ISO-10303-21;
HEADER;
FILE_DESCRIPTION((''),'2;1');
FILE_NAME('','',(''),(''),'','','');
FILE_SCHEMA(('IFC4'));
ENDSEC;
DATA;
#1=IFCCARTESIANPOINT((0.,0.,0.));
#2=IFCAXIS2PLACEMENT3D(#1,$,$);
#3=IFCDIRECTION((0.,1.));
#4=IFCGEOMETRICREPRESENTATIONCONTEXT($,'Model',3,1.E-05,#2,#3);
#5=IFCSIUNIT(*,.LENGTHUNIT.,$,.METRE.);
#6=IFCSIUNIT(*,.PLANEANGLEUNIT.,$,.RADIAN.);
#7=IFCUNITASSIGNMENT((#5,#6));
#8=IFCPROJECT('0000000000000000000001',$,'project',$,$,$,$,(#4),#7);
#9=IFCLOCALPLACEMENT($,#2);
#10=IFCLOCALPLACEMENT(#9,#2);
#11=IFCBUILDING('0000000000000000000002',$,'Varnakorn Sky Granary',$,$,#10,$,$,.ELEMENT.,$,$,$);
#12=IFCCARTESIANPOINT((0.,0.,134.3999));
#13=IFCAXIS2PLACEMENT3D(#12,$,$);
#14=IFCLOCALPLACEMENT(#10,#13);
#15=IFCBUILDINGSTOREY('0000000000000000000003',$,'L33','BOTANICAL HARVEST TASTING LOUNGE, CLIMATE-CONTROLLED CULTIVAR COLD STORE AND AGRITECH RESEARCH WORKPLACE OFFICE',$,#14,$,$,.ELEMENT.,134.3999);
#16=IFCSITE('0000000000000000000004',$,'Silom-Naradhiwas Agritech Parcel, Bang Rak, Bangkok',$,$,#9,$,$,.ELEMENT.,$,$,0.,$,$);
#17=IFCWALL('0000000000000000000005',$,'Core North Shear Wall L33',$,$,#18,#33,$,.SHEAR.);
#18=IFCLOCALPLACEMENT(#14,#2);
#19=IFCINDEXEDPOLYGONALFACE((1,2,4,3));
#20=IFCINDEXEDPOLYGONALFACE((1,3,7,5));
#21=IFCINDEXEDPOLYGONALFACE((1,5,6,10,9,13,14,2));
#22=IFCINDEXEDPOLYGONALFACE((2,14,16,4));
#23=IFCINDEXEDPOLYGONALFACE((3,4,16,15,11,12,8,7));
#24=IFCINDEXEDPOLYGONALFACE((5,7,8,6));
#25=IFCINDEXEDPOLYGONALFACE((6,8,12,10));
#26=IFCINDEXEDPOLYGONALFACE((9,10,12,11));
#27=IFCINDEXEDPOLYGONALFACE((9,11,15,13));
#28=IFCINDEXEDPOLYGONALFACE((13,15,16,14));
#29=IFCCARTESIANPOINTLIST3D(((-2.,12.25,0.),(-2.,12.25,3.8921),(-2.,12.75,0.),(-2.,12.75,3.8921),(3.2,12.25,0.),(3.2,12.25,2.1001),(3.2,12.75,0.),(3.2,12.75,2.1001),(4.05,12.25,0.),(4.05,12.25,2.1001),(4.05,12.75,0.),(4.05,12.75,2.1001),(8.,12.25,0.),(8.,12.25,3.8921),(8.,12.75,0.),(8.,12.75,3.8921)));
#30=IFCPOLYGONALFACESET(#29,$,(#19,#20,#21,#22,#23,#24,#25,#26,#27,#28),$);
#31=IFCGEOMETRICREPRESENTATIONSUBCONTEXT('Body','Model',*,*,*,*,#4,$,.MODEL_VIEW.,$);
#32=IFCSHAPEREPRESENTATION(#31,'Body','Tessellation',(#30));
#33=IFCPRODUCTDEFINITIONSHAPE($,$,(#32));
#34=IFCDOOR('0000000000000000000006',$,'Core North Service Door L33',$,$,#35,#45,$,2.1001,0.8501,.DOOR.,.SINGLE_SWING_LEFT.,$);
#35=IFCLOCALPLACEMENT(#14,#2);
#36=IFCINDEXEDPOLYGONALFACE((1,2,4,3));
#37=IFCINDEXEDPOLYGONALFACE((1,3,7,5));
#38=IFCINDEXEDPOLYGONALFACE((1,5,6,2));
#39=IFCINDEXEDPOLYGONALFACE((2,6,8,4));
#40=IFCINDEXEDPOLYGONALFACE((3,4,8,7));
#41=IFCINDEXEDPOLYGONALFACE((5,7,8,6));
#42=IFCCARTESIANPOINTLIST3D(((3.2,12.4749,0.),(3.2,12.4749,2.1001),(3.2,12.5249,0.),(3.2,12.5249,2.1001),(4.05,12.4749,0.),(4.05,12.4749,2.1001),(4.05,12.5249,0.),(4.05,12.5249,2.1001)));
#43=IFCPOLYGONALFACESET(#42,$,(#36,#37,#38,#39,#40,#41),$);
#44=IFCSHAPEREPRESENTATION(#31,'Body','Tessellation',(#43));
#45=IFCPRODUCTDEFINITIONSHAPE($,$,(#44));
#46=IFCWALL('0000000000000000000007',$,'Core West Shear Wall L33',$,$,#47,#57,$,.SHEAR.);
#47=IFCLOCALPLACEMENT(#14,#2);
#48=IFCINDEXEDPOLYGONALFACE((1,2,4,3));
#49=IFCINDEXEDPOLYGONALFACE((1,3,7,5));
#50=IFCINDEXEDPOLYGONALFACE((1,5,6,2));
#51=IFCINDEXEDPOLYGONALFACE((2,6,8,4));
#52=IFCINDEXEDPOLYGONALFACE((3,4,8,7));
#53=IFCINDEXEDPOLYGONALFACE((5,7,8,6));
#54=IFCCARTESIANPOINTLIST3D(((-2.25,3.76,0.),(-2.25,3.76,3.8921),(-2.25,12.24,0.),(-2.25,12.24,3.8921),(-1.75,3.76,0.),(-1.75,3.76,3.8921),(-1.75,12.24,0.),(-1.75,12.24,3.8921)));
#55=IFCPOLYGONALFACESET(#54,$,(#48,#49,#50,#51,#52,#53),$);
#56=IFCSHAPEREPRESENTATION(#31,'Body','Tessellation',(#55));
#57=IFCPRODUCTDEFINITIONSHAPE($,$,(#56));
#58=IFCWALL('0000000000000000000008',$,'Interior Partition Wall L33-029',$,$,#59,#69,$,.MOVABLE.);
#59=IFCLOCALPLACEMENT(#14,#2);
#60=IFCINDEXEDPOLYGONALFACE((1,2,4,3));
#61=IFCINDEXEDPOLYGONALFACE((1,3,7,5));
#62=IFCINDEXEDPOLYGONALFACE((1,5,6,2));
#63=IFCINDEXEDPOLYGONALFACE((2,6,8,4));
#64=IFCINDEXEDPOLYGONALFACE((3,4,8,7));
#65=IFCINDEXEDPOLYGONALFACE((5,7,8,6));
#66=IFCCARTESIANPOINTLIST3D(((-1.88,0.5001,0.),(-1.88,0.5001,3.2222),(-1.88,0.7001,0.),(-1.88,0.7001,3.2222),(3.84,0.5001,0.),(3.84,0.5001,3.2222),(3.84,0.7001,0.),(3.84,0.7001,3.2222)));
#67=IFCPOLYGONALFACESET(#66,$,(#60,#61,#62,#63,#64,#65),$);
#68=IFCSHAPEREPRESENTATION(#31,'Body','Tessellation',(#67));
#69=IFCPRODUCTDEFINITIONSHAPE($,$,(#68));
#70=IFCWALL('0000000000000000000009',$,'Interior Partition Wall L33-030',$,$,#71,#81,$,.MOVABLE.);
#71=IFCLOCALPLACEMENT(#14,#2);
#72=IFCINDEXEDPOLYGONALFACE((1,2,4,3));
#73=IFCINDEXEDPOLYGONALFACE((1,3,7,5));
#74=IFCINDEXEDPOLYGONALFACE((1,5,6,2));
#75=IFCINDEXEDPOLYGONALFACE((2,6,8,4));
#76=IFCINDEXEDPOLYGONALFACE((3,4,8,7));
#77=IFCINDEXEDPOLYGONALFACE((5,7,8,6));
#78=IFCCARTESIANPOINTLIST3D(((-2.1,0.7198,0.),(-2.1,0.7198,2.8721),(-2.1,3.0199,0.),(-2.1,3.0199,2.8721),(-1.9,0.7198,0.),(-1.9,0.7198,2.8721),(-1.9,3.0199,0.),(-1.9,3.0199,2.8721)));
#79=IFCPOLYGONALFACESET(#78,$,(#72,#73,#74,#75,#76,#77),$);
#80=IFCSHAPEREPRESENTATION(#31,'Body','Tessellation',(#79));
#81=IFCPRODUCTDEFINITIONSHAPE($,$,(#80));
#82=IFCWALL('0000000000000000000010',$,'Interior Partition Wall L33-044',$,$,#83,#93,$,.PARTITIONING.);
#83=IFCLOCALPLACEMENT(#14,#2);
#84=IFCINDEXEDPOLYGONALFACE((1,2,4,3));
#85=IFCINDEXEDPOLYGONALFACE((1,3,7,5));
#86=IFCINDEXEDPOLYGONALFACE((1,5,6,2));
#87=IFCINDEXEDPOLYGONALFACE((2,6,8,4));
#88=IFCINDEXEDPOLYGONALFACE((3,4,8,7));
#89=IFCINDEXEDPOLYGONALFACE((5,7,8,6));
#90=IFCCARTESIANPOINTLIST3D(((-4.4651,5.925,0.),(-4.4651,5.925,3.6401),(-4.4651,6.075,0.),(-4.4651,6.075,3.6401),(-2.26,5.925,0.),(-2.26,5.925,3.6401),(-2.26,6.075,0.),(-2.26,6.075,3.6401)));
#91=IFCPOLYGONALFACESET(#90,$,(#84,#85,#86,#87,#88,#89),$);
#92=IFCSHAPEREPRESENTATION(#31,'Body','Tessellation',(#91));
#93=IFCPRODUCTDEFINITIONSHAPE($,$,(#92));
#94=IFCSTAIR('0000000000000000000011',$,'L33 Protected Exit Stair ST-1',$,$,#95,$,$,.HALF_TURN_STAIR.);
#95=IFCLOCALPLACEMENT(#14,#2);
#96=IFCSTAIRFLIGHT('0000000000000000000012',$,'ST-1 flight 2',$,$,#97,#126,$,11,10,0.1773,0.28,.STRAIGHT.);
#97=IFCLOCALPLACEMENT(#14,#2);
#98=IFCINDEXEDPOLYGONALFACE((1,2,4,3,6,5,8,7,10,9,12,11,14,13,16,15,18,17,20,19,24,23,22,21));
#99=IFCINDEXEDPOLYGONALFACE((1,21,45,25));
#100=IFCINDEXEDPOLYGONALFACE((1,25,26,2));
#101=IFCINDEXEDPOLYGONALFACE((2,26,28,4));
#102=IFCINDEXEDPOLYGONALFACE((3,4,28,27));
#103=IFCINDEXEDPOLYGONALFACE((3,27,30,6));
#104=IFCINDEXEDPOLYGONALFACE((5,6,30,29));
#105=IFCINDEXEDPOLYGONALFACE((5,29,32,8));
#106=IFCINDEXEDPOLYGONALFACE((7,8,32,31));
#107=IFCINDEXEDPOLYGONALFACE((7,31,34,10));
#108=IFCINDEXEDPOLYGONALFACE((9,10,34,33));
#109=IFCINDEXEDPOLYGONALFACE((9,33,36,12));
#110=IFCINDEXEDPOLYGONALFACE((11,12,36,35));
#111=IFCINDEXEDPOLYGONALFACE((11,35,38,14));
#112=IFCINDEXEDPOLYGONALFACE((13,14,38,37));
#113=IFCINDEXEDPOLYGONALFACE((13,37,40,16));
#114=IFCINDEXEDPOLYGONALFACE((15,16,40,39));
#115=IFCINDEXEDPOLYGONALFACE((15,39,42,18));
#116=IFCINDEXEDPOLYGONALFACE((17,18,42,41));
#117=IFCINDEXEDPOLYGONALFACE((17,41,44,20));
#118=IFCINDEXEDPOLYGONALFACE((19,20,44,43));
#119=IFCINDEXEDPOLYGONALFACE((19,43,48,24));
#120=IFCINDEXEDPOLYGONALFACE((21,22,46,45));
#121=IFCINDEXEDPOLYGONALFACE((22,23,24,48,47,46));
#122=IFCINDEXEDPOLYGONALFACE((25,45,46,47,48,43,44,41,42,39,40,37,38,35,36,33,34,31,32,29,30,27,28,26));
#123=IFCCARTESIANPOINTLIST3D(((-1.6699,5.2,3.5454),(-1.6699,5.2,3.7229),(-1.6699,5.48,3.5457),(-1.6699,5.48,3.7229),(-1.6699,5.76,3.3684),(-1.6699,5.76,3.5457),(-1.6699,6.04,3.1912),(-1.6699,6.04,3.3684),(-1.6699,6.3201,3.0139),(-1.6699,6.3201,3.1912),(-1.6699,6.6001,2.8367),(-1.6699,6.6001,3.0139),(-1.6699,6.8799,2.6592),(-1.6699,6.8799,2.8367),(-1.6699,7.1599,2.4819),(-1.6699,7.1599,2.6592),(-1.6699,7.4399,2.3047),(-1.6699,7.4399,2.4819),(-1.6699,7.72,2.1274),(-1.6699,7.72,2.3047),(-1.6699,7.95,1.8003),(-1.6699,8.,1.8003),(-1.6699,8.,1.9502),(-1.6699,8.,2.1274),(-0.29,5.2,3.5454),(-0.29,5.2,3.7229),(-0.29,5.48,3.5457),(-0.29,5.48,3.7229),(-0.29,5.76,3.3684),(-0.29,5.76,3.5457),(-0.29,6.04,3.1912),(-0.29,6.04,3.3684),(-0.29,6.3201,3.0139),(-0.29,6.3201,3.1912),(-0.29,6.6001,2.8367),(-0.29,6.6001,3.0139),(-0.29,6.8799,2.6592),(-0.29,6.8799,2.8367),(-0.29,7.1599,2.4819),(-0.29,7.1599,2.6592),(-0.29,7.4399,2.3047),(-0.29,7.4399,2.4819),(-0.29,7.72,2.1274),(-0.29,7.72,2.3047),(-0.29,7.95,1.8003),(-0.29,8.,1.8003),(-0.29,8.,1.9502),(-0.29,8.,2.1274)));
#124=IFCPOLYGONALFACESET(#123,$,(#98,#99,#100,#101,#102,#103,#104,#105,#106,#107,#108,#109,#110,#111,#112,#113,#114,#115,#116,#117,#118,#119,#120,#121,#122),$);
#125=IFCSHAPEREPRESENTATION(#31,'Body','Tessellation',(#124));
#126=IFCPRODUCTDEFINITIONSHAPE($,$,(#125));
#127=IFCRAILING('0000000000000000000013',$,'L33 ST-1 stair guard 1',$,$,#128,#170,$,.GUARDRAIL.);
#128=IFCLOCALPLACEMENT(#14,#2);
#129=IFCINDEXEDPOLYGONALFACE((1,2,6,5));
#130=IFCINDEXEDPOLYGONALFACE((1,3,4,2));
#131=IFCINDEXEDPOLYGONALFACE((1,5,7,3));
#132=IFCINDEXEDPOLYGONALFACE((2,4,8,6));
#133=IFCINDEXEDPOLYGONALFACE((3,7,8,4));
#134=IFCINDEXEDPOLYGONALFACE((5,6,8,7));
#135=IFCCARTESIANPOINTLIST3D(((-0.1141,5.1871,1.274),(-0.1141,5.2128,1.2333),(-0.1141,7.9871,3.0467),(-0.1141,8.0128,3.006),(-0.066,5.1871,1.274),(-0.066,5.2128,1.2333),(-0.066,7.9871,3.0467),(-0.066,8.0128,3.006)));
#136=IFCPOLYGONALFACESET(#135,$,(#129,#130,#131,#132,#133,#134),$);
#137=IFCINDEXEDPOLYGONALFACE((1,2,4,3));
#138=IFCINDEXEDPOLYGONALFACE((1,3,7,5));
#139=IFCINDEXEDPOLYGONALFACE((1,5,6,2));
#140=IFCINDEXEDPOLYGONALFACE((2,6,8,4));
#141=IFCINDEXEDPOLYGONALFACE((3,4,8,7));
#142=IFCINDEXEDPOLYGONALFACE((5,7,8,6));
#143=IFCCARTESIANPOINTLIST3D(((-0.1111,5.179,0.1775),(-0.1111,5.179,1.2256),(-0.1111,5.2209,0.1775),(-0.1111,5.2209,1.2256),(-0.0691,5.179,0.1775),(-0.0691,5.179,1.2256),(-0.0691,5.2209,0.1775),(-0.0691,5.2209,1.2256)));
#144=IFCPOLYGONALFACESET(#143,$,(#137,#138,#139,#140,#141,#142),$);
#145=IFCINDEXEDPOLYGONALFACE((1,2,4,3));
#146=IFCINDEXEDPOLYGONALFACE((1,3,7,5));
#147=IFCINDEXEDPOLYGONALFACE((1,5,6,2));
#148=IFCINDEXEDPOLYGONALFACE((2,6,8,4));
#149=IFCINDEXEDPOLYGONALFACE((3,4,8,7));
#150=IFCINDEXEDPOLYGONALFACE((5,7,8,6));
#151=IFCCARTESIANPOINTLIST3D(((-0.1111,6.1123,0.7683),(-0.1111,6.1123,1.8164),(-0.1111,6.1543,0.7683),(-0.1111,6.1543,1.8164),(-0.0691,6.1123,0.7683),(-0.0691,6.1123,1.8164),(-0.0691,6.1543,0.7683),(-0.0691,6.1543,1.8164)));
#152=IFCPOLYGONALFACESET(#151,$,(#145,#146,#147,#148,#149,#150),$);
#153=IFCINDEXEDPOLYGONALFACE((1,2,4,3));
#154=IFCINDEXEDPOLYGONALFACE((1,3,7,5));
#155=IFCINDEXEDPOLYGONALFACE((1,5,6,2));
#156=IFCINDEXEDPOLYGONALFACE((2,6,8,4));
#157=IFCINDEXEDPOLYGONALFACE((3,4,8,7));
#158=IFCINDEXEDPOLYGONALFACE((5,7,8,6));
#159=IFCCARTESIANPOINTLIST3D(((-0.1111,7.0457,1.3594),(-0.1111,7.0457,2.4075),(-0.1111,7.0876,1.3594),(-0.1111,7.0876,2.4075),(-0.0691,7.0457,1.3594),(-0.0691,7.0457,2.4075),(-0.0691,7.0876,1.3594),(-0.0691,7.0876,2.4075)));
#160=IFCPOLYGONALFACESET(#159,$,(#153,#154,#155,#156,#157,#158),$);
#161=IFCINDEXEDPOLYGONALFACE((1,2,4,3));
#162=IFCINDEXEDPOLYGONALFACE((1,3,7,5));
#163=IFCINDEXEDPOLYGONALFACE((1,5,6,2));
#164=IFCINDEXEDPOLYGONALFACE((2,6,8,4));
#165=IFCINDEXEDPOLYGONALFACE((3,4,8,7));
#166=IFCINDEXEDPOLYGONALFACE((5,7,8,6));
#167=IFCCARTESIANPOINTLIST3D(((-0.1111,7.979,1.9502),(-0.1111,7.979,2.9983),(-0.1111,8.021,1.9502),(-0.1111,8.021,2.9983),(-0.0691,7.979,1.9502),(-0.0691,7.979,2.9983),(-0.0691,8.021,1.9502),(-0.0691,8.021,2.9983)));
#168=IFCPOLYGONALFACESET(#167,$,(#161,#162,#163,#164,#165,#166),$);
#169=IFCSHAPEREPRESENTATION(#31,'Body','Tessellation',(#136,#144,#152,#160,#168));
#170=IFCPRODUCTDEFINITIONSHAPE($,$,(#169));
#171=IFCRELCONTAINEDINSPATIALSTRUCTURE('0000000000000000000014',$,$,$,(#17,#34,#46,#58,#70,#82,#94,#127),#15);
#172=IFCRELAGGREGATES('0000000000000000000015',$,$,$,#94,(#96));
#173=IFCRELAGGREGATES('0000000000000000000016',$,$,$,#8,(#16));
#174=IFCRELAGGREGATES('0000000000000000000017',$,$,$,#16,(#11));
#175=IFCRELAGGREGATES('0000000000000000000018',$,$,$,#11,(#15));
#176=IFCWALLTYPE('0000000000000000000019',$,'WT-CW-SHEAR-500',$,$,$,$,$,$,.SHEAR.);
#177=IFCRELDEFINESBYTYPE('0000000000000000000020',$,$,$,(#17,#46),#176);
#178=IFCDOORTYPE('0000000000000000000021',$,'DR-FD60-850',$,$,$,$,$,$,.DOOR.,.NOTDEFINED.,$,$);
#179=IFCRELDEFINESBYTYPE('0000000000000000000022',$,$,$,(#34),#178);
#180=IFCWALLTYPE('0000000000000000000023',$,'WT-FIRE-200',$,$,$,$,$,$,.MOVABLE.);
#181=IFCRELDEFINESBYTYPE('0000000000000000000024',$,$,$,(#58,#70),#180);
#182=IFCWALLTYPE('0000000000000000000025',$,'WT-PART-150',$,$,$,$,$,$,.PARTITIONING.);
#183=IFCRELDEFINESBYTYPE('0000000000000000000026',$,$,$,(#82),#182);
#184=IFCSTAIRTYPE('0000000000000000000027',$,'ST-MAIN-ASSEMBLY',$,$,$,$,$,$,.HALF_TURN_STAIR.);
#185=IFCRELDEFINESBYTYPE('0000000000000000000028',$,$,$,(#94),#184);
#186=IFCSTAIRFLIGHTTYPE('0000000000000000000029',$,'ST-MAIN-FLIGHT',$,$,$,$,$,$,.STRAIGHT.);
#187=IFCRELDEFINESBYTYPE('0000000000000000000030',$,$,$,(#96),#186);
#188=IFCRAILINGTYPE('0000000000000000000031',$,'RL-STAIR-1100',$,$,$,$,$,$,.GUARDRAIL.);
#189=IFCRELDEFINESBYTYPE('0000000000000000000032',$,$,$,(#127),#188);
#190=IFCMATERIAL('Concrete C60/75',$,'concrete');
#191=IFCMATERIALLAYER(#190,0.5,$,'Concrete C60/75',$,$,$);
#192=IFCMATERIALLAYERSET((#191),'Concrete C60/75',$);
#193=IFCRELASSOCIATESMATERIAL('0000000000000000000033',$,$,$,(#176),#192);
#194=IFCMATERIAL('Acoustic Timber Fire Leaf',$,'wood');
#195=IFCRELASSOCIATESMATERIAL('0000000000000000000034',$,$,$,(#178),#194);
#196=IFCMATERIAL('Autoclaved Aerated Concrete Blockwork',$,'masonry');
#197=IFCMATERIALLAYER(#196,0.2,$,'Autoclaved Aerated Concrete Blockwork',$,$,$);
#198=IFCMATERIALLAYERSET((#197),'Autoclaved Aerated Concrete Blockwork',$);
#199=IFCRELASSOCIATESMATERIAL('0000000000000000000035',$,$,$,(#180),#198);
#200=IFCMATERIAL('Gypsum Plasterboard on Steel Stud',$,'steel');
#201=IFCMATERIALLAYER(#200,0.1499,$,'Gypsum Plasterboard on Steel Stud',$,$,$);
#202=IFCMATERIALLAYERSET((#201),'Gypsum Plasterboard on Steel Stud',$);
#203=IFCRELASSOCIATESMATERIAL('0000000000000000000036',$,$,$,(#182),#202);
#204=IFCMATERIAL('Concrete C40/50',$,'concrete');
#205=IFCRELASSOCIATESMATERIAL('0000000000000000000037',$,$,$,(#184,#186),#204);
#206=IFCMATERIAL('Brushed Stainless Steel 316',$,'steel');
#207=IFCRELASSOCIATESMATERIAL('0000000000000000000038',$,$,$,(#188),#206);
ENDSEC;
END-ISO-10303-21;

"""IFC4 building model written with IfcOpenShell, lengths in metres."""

from ifc_helpers import new_model, si_unit, direction, frame, frame_2d, origin, origin_2d, place, context, subcontext, project, spatial, polyline, rectangle, outline, extrude, material, layer, layer_set, type_object, element, fill, aggregate, save


model = new_model("IFC4")

# Units and contexts
model_context = context("Model", 3, precision=1e-05, world=origin(), true_north=direction((0.0, 1.0)))
body_context = subcontext(model_context, "Body", "Model", "MODEL_VIEW")
ifc_project = project(units=[si_unit("LENGTHUNIT", "METRE"), si_unit("PLANEANGLEUNIT", "RADIAN")], contexts=[model_context])

# Site, building, storey
site_placement = place(None, origin())
site = spatial("IfcSite", under=ifc_project, at=site_placement, Name="Silom-Naradhiwas Agritech Parcel, Bang Rak, Bangkok", CompositionType="ELEMENT", RefElevation=0.0)
building_placement = place(site_placement, origin())
building = spatial("IfcBuilding", under=site, at=building_placement, Name="Varnakorn Sky Granary", CompositionType="ELEMENT")
storey_placement = place(building_placement, frame((0.0, 0.0, 134.3999)))
storey = spatial("IfcBuildingStorey", under=building, at=storey_placement, Name="L33", Description="BOTANICAL HARVEST TASTING LOUNGE, CLIMATE-CONTROLLED CULTIVAR COLD STORE AND AGRITECH RESEARCH WORKPLACE OFFICE", CompositionType="ELEMENT", Elevation=134.3999)

# Shared definitions
ifc_material_1 = material(Name="Concrete C60/75", Category="concrete")

# Shared definitions
ifc_layer_1 = layer(ifc_material_1, 0.5, Name="Concrete C60/75")
ifc_layer_set_1 = layer_set([ifc_layer_1], Name="Concrete C60/75")
wall_type_1 = type_object("IfcWallType", Name="WT-CW-SHEAR-500", PredefinedType="SHEAR", material=ifc_layer_set_1)

# Wall, opening, door
wall_1_placement = place(storey_placement, frame((-2.0, 12.5, 0.0), z_axis=(0.0, 0.0, 1.0), x_axis=(1.0, 0.0, 0.0)))
wall_1 = element("IfcWall", 1, at=wall_1_placement, inside=storey, type_object=wall_type_1, Name="Core North Shear Wall L33", PredefinedType="SHEAR", context=body_context, shape_type="SweptSolid", body=[
    extrude(rectangle(XDim=10.0, YDim=0.5, at=frame_2d((5.0, 0.0))), origin(), (0.0, 0.0, 1.0), 3.8921),
])
opening_1_placement = place(wall_1_placement, frame((5.2, 0.0, 0.0)))
opening_1 = element("IfcOpeningElement", 2, at=opening_1_placement, cuts=wall_1, PredefinedType="OPENING", context=body_context, shape_type="SweptSolid", body=[
    extrude(rectangle(XDim=0.8501, YDim=2.1001, at=frame_2d((0.425, 1.05))), frame((0.0, 0.26, 0.0), z_axis=(0.0, -1.0, 0.0), x_axis=(1.0, 0.0, 0.0)), (0.0, 0.0, 1.0), 0.52),
])
ifc_material_2 = material(Name="Acoustic Timber Fire Leaf", Category="wood")
door_type_1 = type_object("IfcDoorType", Name="DR-FD60-850", OperationType="NOTDEFINED", PredefinedType="DOOR", material=ifc_material_2)
door_1_placement = place(opening_1_placement, origin())
door_1 = element("IfcDoor", 3, at=door_1_placement, inside=storey, type_object=door_type_1, Name="Core North Service Door L33", OperationType="SINGLE_SWING_LEFT", OverallHeight=2.1001, OverallWidth=0.8501, PredefinedType="DOOR", context=body_context, shape_type="SweptSolid", body=[
    extrude(rectangle(XDim=0.8501, YDim=2.1001, at=frame_2d((0.425, 1.05))), frame((0.0, 0.0249, 0.0), z_axis=(0.0, -1.0, 0.0), x_axis=(1.0, 0.0, 0.0)), (0.0, 0.0, 1.0), 0.05),
])
fill(opening_1, door_1)

# Walls
wall_2_placement = place(storey_placement, frame((-2.0, 3.76, 0.0), z_axis=(0.0, 0.0, 1.0), x_axis=(0.0, 1.0, 0.0)))
element("IfcWall", 4, at=wall_2_placement, inside=storey, type_object=wall_type_1, Name="Core West Shear Wall L33", PredefinedType="SHEAR", context=body_context, shape_type="SweptSolid", body=[
    extrude(rectangle(XDim=8.48, YDim=0.5, at=frame_2d((4.24, 0.0))), origin(), (0.0, 0.0, 1.0), 3.8921),
])
ifc_material_3 = material(Name="Autoclaved Aerated Concrete Blockwork", Category="masonry")
ifc_layer_2 = layer(ifc_material_3, 0.2, Name="Autoclaved Aerated Concrete Blockwork")
ifc_layer_set_2 = layer_set([ifc_layer_2], Name="Autoclaved Aerated Concrete Blockwork")
wall_type_2 = type_object("IfcWallType", Name="WT-FIRE-200", PredefinedType="MOVABLE", material=ifc_layer_set_2)
wall_3_placement = place(storey_placement, frame((-1.8799, 0.6001, 0.0), z_axis=(0.0, 0.0, 1.0), x_axis=(1.0, 0.0, 0.0)))
element("IfcWall", 5, at=wall_3_placement, inside=storey, type_object=wall_type_2, Name="Interior Partition Wall L33-029", PredefinedType="MOVABLE", context=body_context, shape_type="SweptSolid", body=[
    extrude(rectangle(XDim=5.72, YDim=0.2, at=frame_2d((2.8599, 0.0))), origin(), (0.0, 0.0, 1.0), 3.2222),
])
wall_4_placement = place(storey_placement, frame((-2.0, 0.72, 0.0), z_axis=(0.0, 0.0, 1.0), x_axis=(0.0, 1.0, 0.0)))
element("IfcWall", 6, at=wall_4_placement, inside=storey, type_object=wall_type_2, Name="Interior Partition Wall L33-030", PredefinedType="MOVABLE", context=body_context, shape_type="SweptSolid", body=[
    extrude(rectangle(XDim=2.3, YDim=0.2, at=frame_2d((1.1499, 0.0))), origin(), (0.0, 0.0, 1.0), 2.8721),
])
ifc_material_4 = material(Name="Gypsum Plasterboard on Steel Stud", Category="steel")
ifc_layer_3 = layer(ifc_material_4, 0.1499, Name="Gypsum Plasterboard on Steel Stud")
ifc_layer_set_3 = layer_set([ifc_layer_3], Name="Gypsum Plasterboard on Steel Stud")
wall_type_3 = type_object("IfcWallType", Name="WT-PART-150", PredefinedType="PARTITIONING", material=ifc_layer_set_3)
wall_5_placement = place(storey_placement, frame((-4.4651, 6.0, 0.0), z_axis=(0.0, 0.0, 1.0), x_axis=(1.0, 0.0, 0.0)))
element("IfcWall", 7, at=wall_5_placement, inside=storey, type_object=wall_type_3, Name="Interior Partition Wall L33-044", PredefinedType="PARTITIONING", context=body_context, shape_type="SweptSolid", body=[
    extrude(rectangle(XDim=2.2051, YDim=0.1499, at=frame_2d((1.1025, 0.0))), origin(), (0.0, 0.0, 1.0), 3.6401),
])

# Stair, stair flight
ifc_material_5 = material(Name="Concrete C40/50", Category="concrete")
stair_type = type_object("IfcStairType", Name="ST-MAIN-ASSEMBLY", PredefinedType="HALF_TURN_STAIR", material=ifc_material_5)
stair_placement = place(storey_placement, origin())
stair = element("IfcStair", 8, at=stair_placement, inside=storey, type_object=stair_type, Name="L33 Protected Exit Stair ST-1", PredefinedType="HALF_TURN_STAIR")
stair_flight_type = type_object("IfcStairFlightType", Name="ST-MAIN-FLIGHT", PredefinedType="STRAIGHT", material=ifc_material_5)
stair_flight_placement = place(storey_placement, frame((-0.98, 8.0, 1.9502), z_axis=(0.0, 0.0, 1.0), x_axis=(0.0, -1.0, 0.0)))
stair_flight = element("IfcStairFlight", 9, at=stair_flight_placement, type_object=stair_flight_type, Name="ST-1 flight 2", NumberOfRisers=11, NumberOfTreads=10, PredefinedType="STRAIGHT", RiserHeight=0.1773, TreadLength=0.28, context=body_context, shape_type="SweptSolid", body=[
    extrude(outline(polyline([(0.0, -0.1499), (0.0, 0.0), (0.0, 0.1772), (0.28, 0.1772), (0.28, 0.3545), (0.5601, 0.3545), (0.5601, 0.5317), (0.8401, 0.5317), (0.8401, 0.709), (1.1201, 0.709), (1.1201, 0.8865), (1.3999, 0.8865), (1.3999, 1.0637), (1.6799, 1.0637), (1.6799, 1.241), (1.96, 1.241), (1.96, 1.4182), (2.24, 1.4182), (2.24, 1.5955), (2.52, 1.5955), (2.52, 1.7727), (2.8, 1.7727), (2.8, 1.95), (2.8, 1.5952), (0.05, -0.1499), (0.0, -0.1499)])), frame((0.0, 0.6899, 0.0), z_axis=(0.0, -1.0, 0.0), x_axis=(1.0, 0.0, 0.0)), (0.0, 0.0, 1.0), 1.3799),
])
aggregate(stair, [stair_flight])

# Railing
ifc_material_6 = material(Name="Brushed Stainless Steel 316", Category="steel")
railing_type_1 = type_object("IfcRailingType", Name="RL-STAIR-1100", PredefinedType="GUARDRAIL", material=ifc_material_6)
railing_1_placement = place(storey_placement, frame((-0.0901, 5.2, 0.1775)))
element("IfcRailing", 10, at=railing_1_placement, inside=storey, type_object=railing_type_1, Name="L33 ST-1 stair guard 1", PredefinedType="GUARDRAIL", context=body_context, shape_type="SweptSolid", body=[
    extrude(rectangle(XDim=0.0481, YDim=0.0481, at=origin_2d()), frame((0.0, 0.0, 1.0762), z_axis=(0.0, 0.844909, 0.53491), x_axis=(-1.0, 0.0, 0.0)), (0.0, 0.0, 1.0), 3.314),
    extrude(rectangle(XDim=0.042, YDim=0.042, at=origin_2d()), origin(), (0.0, 0.0, 1.0), 1.0481),
    extrude(rectangle(XDim=0.042, YDim=0.042, at=origin_2d()), frame((0.0, 0.9333, 0.5908)), (0.0, 0.0, 1.0), 1.0481),
    extrude(rectangle(XDim=0.042, YDim=0.042, at=origin_2d()), frame((0.0, 1.8667, 1.1819)), (0.0, 0.0, 1.0), 1.0481),
    extrude(rectangle(XDim=0.042, YDim=0.042, at=origin_2d()), frame((0.0, 2.8, 1.7727)), (0.0, 0.0, 1.0), 1.0481),
])

save(model, "model.ifc")
